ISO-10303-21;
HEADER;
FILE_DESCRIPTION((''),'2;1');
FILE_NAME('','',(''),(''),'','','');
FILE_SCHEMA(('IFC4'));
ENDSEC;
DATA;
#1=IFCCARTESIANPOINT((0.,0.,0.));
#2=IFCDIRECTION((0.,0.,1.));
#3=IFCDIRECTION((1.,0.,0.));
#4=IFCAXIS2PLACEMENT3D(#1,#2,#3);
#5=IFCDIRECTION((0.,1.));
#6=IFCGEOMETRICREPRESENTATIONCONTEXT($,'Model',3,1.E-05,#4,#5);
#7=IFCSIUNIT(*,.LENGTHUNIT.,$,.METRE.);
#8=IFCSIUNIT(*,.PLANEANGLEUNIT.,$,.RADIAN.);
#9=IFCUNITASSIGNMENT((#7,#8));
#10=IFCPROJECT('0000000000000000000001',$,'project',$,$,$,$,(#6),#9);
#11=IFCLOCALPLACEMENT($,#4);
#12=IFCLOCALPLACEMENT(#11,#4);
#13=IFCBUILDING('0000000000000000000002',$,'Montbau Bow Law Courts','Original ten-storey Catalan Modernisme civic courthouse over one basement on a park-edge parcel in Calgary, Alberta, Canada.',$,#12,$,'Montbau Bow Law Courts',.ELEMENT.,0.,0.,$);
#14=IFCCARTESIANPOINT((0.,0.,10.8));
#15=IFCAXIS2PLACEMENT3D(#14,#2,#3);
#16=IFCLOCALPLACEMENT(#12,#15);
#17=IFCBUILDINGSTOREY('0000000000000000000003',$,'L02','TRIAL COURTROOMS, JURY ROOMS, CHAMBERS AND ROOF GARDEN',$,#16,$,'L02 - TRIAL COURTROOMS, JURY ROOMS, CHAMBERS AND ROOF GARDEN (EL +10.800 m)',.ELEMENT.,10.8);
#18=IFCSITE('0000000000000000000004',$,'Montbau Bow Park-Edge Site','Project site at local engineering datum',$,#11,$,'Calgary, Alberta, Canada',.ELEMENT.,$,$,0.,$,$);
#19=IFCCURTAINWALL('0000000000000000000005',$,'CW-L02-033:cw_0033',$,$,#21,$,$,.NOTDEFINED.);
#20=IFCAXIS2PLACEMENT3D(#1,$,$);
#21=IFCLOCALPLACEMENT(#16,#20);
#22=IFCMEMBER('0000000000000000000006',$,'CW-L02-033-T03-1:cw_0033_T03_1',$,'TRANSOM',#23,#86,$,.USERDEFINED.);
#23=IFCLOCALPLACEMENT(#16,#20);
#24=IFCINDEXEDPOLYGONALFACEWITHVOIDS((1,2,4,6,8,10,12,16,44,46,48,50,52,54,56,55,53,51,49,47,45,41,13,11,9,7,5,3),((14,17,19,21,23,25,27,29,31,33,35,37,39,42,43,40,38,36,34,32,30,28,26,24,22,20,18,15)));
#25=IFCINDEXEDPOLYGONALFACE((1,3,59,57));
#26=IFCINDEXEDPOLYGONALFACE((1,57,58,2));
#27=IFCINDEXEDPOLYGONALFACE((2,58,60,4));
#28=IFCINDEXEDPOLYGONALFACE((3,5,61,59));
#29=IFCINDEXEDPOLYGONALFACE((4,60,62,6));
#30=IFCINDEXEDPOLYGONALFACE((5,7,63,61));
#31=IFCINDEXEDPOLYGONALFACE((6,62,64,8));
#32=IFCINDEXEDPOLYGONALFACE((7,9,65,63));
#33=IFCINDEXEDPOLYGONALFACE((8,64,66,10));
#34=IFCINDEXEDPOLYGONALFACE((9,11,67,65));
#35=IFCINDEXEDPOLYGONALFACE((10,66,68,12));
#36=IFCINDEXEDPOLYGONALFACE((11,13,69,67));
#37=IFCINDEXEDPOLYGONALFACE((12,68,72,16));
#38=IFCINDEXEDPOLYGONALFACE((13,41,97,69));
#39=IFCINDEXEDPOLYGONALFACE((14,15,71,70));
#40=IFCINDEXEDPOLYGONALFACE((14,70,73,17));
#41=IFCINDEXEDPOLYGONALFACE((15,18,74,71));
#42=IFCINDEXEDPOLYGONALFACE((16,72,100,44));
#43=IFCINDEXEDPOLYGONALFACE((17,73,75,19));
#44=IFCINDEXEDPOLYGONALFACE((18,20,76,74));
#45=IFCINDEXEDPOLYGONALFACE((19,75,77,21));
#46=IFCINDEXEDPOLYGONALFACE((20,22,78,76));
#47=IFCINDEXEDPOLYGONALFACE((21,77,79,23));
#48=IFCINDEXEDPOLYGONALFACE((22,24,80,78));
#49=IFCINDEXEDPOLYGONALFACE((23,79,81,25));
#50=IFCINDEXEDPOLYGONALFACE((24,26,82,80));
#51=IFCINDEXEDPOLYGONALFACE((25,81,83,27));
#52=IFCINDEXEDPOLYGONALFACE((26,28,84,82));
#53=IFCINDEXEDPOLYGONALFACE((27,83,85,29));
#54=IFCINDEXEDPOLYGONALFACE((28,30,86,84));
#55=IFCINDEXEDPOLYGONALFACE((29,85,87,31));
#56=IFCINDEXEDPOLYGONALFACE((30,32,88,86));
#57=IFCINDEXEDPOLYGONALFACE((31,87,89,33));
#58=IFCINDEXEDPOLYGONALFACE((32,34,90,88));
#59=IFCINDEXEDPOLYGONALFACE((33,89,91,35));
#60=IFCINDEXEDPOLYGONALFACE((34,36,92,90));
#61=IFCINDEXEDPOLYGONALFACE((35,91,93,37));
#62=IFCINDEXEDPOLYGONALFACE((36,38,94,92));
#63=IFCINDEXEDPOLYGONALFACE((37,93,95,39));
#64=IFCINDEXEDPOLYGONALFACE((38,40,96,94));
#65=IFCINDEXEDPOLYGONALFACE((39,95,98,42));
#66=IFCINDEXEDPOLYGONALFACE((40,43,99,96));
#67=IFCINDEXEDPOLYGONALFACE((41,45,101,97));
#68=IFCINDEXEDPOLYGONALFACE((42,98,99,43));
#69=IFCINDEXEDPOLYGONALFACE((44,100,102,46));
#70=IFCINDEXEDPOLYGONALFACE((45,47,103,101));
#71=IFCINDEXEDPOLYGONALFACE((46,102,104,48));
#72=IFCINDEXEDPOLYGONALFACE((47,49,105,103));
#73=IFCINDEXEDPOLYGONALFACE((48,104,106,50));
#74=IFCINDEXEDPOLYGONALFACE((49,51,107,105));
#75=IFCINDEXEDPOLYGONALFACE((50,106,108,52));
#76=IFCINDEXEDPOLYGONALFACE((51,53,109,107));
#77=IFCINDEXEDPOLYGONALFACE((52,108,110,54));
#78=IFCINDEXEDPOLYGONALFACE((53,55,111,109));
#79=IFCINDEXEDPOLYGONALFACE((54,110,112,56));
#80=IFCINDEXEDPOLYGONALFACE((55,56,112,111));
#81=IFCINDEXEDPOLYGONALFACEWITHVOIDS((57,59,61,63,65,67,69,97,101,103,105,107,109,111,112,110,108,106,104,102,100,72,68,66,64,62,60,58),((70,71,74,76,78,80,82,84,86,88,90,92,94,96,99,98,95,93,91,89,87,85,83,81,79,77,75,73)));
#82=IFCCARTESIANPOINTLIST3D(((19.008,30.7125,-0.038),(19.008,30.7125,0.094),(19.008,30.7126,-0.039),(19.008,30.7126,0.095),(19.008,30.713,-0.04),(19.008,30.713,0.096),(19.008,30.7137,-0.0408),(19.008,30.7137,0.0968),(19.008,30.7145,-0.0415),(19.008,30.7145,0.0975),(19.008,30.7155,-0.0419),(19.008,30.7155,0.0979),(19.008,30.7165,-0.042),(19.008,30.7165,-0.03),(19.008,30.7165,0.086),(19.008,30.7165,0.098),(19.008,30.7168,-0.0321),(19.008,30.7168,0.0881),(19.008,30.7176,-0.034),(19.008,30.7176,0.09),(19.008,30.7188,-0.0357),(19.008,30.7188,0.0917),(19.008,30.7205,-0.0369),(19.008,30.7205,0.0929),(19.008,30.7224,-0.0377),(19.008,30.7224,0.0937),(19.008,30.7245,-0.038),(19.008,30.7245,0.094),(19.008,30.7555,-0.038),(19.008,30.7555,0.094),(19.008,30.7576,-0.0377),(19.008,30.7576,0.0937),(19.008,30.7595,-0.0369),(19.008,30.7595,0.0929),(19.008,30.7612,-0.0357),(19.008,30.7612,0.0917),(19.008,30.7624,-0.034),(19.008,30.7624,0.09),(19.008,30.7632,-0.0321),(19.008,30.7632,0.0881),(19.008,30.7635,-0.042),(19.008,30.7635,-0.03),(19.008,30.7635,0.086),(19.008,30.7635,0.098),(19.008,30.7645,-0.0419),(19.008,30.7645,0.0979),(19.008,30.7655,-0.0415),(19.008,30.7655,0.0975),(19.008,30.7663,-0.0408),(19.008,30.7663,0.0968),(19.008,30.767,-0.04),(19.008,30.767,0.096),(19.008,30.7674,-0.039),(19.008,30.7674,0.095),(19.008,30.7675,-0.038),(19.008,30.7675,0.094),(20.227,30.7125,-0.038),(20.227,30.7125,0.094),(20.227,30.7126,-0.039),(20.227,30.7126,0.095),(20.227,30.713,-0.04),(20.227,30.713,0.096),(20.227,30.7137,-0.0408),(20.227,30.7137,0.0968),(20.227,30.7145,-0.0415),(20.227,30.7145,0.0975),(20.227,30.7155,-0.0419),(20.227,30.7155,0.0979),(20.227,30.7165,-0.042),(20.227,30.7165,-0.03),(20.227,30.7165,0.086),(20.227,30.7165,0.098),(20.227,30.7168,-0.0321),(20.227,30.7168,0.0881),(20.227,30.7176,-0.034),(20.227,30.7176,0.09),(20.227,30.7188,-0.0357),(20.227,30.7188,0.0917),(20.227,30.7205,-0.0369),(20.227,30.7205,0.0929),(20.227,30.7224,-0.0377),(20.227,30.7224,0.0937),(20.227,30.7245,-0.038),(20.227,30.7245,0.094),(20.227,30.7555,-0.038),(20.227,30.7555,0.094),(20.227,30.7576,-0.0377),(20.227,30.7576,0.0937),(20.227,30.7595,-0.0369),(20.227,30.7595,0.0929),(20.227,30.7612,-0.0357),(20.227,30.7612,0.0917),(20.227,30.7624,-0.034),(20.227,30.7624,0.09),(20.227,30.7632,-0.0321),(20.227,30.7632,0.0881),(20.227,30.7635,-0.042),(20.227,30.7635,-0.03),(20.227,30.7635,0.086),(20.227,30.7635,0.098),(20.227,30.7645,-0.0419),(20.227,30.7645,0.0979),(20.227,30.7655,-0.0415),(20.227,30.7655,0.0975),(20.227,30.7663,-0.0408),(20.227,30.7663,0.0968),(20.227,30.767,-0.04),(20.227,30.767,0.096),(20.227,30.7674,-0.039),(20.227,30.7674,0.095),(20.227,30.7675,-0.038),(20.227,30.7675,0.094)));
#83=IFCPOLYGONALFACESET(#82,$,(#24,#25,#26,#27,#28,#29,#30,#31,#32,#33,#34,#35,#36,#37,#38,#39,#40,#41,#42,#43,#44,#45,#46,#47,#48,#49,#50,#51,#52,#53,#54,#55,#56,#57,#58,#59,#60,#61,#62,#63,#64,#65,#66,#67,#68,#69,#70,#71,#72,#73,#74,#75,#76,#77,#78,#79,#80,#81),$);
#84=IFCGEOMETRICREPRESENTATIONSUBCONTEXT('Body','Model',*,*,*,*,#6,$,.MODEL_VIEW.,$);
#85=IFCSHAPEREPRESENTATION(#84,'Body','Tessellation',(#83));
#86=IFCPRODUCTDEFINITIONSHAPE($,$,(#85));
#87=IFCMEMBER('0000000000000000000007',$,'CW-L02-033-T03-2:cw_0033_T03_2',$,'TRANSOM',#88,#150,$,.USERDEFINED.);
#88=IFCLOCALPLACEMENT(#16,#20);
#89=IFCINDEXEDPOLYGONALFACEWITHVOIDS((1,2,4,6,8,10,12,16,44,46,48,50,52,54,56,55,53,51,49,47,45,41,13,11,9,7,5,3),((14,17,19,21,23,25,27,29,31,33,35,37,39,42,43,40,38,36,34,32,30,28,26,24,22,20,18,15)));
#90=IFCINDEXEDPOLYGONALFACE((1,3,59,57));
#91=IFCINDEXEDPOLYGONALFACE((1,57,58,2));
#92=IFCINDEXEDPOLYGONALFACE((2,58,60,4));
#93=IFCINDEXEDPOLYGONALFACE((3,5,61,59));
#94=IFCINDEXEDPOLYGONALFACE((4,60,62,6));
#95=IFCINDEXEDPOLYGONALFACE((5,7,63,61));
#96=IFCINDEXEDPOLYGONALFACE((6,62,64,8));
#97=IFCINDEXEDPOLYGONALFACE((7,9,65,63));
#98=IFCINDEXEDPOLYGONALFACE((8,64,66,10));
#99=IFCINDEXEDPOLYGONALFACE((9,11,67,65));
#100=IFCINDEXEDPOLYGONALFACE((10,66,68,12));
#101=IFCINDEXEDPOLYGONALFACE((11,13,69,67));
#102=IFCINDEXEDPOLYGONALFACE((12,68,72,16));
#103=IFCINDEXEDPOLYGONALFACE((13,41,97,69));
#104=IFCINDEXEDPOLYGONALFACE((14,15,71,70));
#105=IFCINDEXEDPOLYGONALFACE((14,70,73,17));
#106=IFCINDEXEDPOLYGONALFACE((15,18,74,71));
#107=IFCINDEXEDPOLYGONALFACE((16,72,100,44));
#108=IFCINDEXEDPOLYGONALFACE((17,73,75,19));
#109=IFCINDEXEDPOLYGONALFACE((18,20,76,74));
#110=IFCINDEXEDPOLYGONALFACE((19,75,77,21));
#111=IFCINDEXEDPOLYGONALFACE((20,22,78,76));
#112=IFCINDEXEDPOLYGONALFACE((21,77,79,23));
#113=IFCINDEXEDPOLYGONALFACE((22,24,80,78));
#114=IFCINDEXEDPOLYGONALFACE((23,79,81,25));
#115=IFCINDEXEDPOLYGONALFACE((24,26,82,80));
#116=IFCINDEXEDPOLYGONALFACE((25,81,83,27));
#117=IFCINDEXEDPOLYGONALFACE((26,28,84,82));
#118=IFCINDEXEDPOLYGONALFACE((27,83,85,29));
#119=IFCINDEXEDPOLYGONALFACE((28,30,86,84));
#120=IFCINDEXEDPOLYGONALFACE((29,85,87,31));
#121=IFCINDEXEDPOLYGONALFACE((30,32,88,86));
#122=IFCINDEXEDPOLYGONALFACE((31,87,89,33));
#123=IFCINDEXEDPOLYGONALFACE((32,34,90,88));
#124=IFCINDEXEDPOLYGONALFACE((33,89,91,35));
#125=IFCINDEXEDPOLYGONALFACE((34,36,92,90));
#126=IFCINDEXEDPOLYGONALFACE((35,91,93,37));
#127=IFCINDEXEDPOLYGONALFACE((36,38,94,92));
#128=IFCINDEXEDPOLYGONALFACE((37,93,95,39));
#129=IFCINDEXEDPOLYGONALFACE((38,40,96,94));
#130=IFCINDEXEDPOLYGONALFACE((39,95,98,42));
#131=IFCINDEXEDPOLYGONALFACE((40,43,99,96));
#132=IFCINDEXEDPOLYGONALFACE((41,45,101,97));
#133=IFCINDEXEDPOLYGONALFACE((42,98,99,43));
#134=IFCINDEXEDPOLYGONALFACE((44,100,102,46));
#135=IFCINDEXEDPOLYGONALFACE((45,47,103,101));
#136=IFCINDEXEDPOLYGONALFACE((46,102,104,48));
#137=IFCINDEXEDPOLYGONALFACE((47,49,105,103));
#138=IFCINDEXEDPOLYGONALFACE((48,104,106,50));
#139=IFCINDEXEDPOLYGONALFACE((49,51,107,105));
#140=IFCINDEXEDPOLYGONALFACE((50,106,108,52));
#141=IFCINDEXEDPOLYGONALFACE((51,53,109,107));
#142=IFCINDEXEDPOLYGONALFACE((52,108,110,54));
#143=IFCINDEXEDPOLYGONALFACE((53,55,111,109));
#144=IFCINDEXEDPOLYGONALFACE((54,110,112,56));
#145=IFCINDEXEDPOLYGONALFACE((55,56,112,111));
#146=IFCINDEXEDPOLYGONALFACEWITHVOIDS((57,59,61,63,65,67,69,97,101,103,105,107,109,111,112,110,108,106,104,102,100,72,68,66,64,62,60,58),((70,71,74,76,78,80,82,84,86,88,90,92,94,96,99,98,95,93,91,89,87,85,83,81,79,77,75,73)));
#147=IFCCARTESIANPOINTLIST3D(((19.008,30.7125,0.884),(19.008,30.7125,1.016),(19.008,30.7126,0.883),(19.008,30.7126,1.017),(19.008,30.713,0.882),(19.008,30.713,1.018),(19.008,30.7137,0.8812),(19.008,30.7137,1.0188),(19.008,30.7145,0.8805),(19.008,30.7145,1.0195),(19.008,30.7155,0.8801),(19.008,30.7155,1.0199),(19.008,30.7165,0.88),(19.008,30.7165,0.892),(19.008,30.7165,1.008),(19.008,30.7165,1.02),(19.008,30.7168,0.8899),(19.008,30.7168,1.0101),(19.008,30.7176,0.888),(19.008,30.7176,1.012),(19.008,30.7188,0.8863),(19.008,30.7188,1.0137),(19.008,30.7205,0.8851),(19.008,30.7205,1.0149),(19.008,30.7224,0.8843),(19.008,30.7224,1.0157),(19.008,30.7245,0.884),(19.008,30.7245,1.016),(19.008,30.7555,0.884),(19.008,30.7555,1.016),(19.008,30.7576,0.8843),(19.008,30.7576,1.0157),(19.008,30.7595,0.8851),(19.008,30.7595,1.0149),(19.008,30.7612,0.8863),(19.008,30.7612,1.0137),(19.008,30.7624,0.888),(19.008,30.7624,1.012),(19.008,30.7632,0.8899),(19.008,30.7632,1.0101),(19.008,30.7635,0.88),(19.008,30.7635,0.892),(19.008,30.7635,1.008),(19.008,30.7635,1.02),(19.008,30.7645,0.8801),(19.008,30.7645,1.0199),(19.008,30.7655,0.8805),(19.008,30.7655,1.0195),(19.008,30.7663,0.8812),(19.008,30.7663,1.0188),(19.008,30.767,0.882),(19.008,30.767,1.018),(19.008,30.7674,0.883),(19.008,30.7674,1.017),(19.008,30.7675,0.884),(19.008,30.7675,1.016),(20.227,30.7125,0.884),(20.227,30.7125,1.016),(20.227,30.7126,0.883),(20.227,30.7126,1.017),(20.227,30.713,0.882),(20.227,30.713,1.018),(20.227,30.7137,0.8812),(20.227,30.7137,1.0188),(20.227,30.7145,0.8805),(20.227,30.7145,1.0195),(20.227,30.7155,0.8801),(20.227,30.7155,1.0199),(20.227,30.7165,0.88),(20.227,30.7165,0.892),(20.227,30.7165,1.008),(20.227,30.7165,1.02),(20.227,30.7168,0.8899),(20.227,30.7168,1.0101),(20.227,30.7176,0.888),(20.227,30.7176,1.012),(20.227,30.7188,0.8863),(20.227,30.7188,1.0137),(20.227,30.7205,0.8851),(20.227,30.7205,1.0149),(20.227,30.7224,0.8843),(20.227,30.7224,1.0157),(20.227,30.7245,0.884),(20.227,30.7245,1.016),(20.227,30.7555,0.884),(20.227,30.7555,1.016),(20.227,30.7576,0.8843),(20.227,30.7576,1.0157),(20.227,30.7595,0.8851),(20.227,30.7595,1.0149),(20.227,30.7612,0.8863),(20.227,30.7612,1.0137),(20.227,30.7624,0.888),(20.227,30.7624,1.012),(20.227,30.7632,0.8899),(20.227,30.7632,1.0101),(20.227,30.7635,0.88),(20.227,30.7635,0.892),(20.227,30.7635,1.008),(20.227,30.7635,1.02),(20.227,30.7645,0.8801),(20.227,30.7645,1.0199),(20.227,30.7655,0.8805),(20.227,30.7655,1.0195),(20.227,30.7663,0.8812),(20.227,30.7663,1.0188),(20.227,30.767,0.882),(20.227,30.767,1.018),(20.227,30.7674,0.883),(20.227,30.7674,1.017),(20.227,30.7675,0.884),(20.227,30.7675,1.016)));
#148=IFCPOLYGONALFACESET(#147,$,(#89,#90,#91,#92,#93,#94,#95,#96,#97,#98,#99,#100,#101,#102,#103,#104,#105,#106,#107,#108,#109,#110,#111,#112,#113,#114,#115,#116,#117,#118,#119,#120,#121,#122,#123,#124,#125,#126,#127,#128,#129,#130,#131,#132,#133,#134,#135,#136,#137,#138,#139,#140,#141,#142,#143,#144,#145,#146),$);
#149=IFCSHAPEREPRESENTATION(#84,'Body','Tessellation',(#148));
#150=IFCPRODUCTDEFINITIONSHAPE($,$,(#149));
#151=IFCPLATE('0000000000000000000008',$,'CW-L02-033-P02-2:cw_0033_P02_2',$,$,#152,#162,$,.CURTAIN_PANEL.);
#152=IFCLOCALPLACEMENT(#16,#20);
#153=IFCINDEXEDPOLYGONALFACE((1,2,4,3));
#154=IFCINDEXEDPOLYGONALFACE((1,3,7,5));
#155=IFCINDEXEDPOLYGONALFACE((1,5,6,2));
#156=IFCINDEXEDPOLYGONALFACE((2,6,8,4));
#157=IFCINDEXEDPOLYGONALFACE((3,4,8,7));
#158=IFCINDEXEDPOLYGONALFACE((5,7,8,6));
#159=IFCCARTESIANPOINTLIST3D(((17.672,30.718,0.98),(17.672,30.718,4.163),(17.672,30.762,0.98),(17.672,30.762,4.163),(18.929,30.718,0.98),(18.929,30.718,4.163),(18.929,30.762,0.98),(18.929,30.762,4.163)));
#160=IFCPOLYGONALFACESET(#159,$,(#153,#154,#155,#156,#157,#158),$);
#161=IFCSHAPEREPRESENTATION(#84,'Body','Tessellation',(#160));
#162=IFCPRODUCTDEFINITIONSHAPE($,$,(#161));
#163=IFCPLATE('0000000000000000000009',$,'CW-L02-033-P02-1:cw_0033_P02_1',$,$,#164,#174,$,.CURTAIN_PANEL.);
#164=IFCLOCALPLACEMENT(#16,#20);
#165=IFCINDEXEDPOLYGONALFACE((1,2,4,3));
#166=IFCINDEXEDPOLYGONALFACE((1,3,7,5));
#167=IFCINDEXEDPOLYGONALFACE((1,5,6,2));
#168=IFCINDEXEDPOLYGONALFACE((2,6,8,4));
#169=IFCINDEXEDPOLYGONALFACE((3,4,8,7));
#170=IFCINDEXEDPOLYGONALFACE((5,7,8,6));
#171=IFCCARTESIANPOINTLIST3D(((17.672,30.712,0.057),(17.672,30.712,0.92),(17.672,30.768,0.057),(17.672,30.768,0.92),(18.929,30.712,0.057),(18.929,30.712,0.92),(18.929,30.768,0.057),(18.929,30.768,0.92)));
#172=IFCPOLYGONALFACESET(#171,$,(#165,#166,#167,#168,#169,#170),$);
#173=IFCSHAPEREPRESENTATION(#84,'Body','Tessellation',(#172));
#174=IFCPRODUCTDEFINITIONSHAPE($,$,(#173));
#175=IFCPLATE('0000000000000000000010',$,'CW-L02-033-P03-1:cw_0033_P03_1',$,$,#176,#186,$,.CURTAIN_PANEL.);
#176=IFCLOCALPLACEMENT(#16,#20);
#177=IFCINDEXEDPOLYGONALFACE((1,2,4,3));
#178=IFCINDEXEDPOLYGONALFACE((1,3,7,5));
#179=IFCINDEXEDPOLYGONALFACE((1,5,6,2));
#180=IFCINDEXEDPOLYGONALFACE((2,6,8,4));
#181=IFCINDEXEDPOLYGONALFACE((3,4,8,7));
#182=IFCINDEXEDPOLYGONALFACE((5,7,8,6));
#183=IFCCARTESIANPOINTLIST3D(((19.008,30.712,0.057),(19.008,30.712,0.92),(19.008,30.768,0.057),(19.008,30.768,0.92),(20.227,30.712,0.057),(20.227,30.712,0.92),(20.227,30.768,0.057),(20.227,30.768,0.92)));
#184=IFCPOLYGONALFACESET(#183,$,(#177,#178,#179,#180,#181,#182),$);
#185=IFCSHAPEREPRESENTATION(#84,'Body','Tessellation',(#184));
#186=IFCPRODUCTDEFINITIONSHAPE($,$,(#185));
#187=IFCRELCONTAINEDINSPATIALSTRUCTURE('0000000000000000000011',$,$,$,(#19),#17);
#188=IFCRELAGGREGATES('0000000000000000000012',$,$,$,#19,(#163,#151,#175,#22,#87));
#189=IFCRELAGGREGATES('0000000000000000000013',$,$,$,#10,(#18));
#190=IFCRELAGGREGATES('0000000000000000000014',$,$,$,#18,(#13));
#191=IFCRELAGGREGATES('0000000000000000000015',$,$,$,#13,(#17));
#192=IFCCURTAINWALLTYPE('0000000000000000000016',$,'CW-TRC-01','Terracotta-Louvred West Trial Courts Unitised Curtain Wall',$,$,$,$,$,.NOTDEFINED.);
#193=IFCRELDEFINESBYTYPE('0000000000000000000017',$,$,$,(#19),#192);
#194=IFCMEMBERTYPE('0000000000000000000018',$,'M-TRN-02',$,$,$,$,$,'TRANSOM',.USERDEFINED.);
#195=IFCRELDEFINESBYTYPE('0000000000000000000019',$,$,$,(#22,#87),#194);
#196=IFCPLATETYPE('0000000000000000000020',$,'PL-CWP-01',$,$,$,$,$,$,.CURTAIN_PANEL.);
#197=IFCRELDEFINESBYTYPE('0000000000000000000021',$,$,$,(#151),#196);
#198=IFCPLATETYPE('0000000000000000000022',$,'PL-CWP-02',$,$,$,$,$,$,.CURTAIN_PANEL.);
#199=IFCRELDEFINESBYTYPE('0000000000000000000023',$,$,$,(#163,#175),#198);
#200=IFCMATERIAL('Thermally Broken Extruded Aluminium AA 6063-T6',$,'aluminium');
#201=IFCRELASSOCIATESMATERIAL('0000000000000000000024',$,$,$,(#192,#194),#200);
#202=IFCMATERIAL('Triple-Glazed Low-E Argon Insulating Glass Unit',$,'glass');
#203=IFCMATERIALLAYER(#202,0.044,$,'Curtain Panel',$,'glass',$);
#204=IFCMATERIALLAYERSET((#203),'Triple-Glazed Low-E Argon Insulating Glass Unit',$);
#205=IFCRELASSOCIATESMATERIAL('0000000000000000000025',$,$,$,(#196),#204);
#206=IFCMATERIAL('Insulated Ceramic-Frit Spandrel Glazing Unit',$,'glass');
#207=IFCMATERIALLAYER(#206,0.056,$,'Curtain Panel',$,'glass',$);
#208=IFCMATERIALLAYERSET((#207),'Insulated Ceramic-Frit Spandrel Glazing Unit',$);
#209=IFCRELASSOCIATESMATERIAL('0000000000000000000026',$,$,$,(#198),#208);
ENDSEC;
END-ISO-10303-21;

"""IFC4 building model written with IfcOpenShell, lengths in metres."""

from ifc_helpers import new_model, si_unit, direction, frame, frame_2d, origin_with_axes, origin_2d_with_axis, place, context, subcontext, project, spatial, rectangle, hollow_rectangle, extrude, material, layer, layer_set, material_profile, profile_set, type_object, element, aggregate, save


model = new_model("IFC4")

# Units and contexts
model_context = context("Model", 3, precision=1e-05, world=origin_with_axes(), true_north=direction((0.0, 1.0)))
body_context = subcontext(model_context, "Body", "Model", "MODEL_VIEW")
ifc_project = project(units=[si_unit("LENGTHUNIT", "METRE"), si_unit("PLANEANGLEUNIT", "RADIAN")], contexts=[model_context])

# Site, building, storey
site_placement = place(None, origin_with_axes())
site = spatial("IfcSite", under=ifc_project, at=site_placement, Name="Montbau Bow Park-Edge Site", Description="Project site at local engineering datum", LongName="Calgary, Alberta, Canada", CompositionType="ELEMENT", RefElevation=0.0)
building_placement = place(site_placement, origin_with_axes())
building = spatial("IfcBuilding", under=site, at=building_placement, Name="Montbau Bow Law Courts", Description="Original ten-storey Catalan Modernisme civic courthouse over one basement on a park-edge parcel in Calgary, Alberta, Canada.", LongName="Montbau Bow Law Courts", CompositionType="ELEMENT", ElevationOfRefHeight=0.0, ElevationOfTerrain=0.0)
storey_placement = place(building_placement, frame((0.0, 0.0, 10.8), z_axis=(0.0, 0.0, 1.0), x_axis=(1.0, 0.0, 0.0)))
storey = spatial("IfcBuildingStorey", under=building, at=storey_placement, Name="L02", Description="TRIAL COURTROOMS, JURY ROOMS, CHAMBERS AND ROOF GARDEN", LongName="L02 - TRIAL COURTROOMS, JURY ROOMS, CHAMBERS AND ROOF GARDEN (EL +10.800 m)", CompositionType="ELEMENT", Elevation=10.8)

# Curtain wall, members, plates
ifc_material_1 = material(Name="Thermally Broken Extruded Aluminium AA 6063-T6", Category="aluminium")
curtain_wall_type = type_object("IfcCurtainWallType", Name="CW-TRC-01", Description="Terracotta-Louvred West Trial Courts Unitised Curtain Wall", PredefinedType="NOTDEFINED", material=ifc_material_1)
curtain_wall_placement = place(None, frame((16.296, 30.74, 10.8), z_axis=(0.0, 0.0, 1.0), x_axis=(1.0, 0.0, 0.0)))
curtain_wall = element("IfcCurtainWall", 1, at=curtain_wall_placement, inside=storey, type_object=curtain_wall_type, Name="CW-L02-033:cw_0033", PredefinedType="NOTDEFINED")
ifc_material_profile_1 = material_profile(ifc_material_1, hollow_rectangle(XDim=0.055, YDim=0.14, WallThickness=0.004, InnerFilletRadius=0.008, OuterFilletRadius=0.004, at=origin_2d_with_axis()), Name="CWT-140X55", Category="Main", Priority=0)
ifc_profile_set_1 = profile_set([ifc_material_profile_1], Name="Thermally Broken Extruded Aluminium AA 6063-T6")
member_type_1 = type_object("IfcMemberType", Name="M-TRN-02", ElementType="TRANSOM", PredefinedType="USERDEFINED", material=ifc_profile_set_1)
member_1_placement = place(None, frame((19.008, 30.74, 10.828), z_axis=(1.0, 0.0, 0.0), x_axis=(0.0, 1.0, 0.0)))
member_1 = element("IfcMember", 2, at=member_1_placement, type_object=member_type_1, Name="CW-L02-033-T03-1:cw_0033_T03_1", ObjectType="TRANSOM", PredefinedType="USERDEFINED", context=body_context, shape_type="SweptSolid", body=[
    extrude(hollow_rectangle(XDim=0.055, YDim=0.14, WallThickness=0.004, InnerFilletRadius=0.008, OuterFilletRadius=0.004, at=origin_2d_with_axis()), origin_with_axes(), (0.0, 0.0, 1.0), 1.219),
])
member_2_placement = place(None, frame((19.008, 30.74, 11.75), z_axis=(1.0, 0.0, 0.0), x_axis=(0.0, 1.0, 0.0)))
member_2 = element("IfcMember", 3, at=member_2_placement, type_object=member_type_1, Name="CW-L02-033-T03-2:cw_0033_T03_2", ObjectType="TRANSOM", PredefinedType="USERDEFINED", context=body_context, shape_type="SweptSolid", body=[
    extrude(hollow_rectangle(XDim=0.055, YDim=0.14, WallThickness=0.004, InnerFilletRadius=0.008, OuterFilletRadius=0.004, at=origin_2d_with_axis()), origin_with_axes(), (0.0, 0.0, 1.0), 1.219),
])
ifc_material_2 = material(Name="Triple-Glazed Low-E Argon Insulating Glass Unit", Category="glass")
ifc_layer_1 = layer(ifc_material_2, 0.044, Name="Curtain Panel", Category="glass")
ifc_layer_set_1 = layer_set([ifc_layer_1], Name="Triple-Glazed Low-E Argon Insulating Glass Unit")
plate_type_1 = type_object("IfcPlateType", Name="PL-CWP-01", PredefinedType="CURTAIN_PANEL", material=ifc_layer_set_1)
plate_1_placement = place(None, frame((17.672, 30.74, 11.78), z_axis=(0.0, -1.0, 0.0), x_axis=(1.0, 0.0, 0.0)))
plate_1 = element("IfcPlate", 4, at=plate_1_placement, type_object=plate_type_1, Name="CW-L02-033-P02-2:cw_0033_P02_2", PredefinedType="CURTAIN_PANEL", context=body_context, shape_type="SweptSolid", body=[
    extrude(rectangle(XDim=1.257, YDim=3.183, at=frame_2d((0.6285, 1.5915), x_axis=(1.0, 0.0))), frame((0.0, 0.0, -0.022), z_axis=(0.0, 0.0, 1.0), x_axis=(1.0, 0.0, 0.0)), (0.0, 0.0, 1.0), 0.044),
])
ifc_material_3 = material(Name="Insulated Ceramic-Frit Spandrel Glazing Unit", Category="glass")
ifc_layer_2 = layer(ifc_material_3, 0.056, Name="Curtain Panel", Category="glass")
ifc_layer_set_2 = layer_set([ifc_layer_2], Name="Insulated Ceramic-Frit Spandrel Glazing Unit")
plate_type_2 = type_object("IfcPlateType", Name="PL-CWP-02", PredefinedType="CURTAIN_PANEL", material=ifc_layer_set_2)
plate_2_placement = place(None, frame((17.672, 30.74, 10.857), z_axis=(0.0, -1.0, 0.0), x_axis=(1.0, 0.0, 0.0)))
plate_2 = element("IfcPlate", 5, at=plate_2_placement, type_object=plate_type_2, Name="CW-L02-033-P02-1:cw_0033_P02_1", PredefinedType="CURTAIN_PANEL", context=body_context, shape_type="SweptSolid", body=[
    extrude(rectangle(XDim=1.257, YDim=0.863, at=frame_2d((0.6285, 0.4315), x_axis=(1.0, 0.0))), frame((0.0, 0.0, -0.028), z_axis=(0.0, 0.0, 1.0), x_axis=(1.0, 0.0, 0.0)), (0.0, 0.0, 1.0), 0.056),
])
plate_3_placement = place(None, frame((19.008, 30.74, 10.857), z_axis=(0.0, -1.0, 0.0), x_axis=(1.0, 0.0, 0.0)))
plate_3 = element("IfcPlate", 6, at=plate_3_placement, type_object=plate_type_2, Name="CW-L02-033-P03-1:cw_0033_P03_1", PredefinedType="CURTAIN_PANEL", context=body_context, shape_type="SweptSolid", body=[
    extrude(rectangle(XDim=1.219, YDim=0.863, at=frame_2d((0.6095, 0.4315), x_axis=(1.0, 0.0))), frame((0.0, 0.0, -0.028), z_axis=(0.0, 0.0, 1.0), x_axis=(1.0, 0.0, 0.0)), (0.0, 0.0, 1.0), 0.056),
])
aggregate(curtain_wall, [plate_2, plate_1, plate_3, member_1, member_2])

save(model, "model.ifc")
